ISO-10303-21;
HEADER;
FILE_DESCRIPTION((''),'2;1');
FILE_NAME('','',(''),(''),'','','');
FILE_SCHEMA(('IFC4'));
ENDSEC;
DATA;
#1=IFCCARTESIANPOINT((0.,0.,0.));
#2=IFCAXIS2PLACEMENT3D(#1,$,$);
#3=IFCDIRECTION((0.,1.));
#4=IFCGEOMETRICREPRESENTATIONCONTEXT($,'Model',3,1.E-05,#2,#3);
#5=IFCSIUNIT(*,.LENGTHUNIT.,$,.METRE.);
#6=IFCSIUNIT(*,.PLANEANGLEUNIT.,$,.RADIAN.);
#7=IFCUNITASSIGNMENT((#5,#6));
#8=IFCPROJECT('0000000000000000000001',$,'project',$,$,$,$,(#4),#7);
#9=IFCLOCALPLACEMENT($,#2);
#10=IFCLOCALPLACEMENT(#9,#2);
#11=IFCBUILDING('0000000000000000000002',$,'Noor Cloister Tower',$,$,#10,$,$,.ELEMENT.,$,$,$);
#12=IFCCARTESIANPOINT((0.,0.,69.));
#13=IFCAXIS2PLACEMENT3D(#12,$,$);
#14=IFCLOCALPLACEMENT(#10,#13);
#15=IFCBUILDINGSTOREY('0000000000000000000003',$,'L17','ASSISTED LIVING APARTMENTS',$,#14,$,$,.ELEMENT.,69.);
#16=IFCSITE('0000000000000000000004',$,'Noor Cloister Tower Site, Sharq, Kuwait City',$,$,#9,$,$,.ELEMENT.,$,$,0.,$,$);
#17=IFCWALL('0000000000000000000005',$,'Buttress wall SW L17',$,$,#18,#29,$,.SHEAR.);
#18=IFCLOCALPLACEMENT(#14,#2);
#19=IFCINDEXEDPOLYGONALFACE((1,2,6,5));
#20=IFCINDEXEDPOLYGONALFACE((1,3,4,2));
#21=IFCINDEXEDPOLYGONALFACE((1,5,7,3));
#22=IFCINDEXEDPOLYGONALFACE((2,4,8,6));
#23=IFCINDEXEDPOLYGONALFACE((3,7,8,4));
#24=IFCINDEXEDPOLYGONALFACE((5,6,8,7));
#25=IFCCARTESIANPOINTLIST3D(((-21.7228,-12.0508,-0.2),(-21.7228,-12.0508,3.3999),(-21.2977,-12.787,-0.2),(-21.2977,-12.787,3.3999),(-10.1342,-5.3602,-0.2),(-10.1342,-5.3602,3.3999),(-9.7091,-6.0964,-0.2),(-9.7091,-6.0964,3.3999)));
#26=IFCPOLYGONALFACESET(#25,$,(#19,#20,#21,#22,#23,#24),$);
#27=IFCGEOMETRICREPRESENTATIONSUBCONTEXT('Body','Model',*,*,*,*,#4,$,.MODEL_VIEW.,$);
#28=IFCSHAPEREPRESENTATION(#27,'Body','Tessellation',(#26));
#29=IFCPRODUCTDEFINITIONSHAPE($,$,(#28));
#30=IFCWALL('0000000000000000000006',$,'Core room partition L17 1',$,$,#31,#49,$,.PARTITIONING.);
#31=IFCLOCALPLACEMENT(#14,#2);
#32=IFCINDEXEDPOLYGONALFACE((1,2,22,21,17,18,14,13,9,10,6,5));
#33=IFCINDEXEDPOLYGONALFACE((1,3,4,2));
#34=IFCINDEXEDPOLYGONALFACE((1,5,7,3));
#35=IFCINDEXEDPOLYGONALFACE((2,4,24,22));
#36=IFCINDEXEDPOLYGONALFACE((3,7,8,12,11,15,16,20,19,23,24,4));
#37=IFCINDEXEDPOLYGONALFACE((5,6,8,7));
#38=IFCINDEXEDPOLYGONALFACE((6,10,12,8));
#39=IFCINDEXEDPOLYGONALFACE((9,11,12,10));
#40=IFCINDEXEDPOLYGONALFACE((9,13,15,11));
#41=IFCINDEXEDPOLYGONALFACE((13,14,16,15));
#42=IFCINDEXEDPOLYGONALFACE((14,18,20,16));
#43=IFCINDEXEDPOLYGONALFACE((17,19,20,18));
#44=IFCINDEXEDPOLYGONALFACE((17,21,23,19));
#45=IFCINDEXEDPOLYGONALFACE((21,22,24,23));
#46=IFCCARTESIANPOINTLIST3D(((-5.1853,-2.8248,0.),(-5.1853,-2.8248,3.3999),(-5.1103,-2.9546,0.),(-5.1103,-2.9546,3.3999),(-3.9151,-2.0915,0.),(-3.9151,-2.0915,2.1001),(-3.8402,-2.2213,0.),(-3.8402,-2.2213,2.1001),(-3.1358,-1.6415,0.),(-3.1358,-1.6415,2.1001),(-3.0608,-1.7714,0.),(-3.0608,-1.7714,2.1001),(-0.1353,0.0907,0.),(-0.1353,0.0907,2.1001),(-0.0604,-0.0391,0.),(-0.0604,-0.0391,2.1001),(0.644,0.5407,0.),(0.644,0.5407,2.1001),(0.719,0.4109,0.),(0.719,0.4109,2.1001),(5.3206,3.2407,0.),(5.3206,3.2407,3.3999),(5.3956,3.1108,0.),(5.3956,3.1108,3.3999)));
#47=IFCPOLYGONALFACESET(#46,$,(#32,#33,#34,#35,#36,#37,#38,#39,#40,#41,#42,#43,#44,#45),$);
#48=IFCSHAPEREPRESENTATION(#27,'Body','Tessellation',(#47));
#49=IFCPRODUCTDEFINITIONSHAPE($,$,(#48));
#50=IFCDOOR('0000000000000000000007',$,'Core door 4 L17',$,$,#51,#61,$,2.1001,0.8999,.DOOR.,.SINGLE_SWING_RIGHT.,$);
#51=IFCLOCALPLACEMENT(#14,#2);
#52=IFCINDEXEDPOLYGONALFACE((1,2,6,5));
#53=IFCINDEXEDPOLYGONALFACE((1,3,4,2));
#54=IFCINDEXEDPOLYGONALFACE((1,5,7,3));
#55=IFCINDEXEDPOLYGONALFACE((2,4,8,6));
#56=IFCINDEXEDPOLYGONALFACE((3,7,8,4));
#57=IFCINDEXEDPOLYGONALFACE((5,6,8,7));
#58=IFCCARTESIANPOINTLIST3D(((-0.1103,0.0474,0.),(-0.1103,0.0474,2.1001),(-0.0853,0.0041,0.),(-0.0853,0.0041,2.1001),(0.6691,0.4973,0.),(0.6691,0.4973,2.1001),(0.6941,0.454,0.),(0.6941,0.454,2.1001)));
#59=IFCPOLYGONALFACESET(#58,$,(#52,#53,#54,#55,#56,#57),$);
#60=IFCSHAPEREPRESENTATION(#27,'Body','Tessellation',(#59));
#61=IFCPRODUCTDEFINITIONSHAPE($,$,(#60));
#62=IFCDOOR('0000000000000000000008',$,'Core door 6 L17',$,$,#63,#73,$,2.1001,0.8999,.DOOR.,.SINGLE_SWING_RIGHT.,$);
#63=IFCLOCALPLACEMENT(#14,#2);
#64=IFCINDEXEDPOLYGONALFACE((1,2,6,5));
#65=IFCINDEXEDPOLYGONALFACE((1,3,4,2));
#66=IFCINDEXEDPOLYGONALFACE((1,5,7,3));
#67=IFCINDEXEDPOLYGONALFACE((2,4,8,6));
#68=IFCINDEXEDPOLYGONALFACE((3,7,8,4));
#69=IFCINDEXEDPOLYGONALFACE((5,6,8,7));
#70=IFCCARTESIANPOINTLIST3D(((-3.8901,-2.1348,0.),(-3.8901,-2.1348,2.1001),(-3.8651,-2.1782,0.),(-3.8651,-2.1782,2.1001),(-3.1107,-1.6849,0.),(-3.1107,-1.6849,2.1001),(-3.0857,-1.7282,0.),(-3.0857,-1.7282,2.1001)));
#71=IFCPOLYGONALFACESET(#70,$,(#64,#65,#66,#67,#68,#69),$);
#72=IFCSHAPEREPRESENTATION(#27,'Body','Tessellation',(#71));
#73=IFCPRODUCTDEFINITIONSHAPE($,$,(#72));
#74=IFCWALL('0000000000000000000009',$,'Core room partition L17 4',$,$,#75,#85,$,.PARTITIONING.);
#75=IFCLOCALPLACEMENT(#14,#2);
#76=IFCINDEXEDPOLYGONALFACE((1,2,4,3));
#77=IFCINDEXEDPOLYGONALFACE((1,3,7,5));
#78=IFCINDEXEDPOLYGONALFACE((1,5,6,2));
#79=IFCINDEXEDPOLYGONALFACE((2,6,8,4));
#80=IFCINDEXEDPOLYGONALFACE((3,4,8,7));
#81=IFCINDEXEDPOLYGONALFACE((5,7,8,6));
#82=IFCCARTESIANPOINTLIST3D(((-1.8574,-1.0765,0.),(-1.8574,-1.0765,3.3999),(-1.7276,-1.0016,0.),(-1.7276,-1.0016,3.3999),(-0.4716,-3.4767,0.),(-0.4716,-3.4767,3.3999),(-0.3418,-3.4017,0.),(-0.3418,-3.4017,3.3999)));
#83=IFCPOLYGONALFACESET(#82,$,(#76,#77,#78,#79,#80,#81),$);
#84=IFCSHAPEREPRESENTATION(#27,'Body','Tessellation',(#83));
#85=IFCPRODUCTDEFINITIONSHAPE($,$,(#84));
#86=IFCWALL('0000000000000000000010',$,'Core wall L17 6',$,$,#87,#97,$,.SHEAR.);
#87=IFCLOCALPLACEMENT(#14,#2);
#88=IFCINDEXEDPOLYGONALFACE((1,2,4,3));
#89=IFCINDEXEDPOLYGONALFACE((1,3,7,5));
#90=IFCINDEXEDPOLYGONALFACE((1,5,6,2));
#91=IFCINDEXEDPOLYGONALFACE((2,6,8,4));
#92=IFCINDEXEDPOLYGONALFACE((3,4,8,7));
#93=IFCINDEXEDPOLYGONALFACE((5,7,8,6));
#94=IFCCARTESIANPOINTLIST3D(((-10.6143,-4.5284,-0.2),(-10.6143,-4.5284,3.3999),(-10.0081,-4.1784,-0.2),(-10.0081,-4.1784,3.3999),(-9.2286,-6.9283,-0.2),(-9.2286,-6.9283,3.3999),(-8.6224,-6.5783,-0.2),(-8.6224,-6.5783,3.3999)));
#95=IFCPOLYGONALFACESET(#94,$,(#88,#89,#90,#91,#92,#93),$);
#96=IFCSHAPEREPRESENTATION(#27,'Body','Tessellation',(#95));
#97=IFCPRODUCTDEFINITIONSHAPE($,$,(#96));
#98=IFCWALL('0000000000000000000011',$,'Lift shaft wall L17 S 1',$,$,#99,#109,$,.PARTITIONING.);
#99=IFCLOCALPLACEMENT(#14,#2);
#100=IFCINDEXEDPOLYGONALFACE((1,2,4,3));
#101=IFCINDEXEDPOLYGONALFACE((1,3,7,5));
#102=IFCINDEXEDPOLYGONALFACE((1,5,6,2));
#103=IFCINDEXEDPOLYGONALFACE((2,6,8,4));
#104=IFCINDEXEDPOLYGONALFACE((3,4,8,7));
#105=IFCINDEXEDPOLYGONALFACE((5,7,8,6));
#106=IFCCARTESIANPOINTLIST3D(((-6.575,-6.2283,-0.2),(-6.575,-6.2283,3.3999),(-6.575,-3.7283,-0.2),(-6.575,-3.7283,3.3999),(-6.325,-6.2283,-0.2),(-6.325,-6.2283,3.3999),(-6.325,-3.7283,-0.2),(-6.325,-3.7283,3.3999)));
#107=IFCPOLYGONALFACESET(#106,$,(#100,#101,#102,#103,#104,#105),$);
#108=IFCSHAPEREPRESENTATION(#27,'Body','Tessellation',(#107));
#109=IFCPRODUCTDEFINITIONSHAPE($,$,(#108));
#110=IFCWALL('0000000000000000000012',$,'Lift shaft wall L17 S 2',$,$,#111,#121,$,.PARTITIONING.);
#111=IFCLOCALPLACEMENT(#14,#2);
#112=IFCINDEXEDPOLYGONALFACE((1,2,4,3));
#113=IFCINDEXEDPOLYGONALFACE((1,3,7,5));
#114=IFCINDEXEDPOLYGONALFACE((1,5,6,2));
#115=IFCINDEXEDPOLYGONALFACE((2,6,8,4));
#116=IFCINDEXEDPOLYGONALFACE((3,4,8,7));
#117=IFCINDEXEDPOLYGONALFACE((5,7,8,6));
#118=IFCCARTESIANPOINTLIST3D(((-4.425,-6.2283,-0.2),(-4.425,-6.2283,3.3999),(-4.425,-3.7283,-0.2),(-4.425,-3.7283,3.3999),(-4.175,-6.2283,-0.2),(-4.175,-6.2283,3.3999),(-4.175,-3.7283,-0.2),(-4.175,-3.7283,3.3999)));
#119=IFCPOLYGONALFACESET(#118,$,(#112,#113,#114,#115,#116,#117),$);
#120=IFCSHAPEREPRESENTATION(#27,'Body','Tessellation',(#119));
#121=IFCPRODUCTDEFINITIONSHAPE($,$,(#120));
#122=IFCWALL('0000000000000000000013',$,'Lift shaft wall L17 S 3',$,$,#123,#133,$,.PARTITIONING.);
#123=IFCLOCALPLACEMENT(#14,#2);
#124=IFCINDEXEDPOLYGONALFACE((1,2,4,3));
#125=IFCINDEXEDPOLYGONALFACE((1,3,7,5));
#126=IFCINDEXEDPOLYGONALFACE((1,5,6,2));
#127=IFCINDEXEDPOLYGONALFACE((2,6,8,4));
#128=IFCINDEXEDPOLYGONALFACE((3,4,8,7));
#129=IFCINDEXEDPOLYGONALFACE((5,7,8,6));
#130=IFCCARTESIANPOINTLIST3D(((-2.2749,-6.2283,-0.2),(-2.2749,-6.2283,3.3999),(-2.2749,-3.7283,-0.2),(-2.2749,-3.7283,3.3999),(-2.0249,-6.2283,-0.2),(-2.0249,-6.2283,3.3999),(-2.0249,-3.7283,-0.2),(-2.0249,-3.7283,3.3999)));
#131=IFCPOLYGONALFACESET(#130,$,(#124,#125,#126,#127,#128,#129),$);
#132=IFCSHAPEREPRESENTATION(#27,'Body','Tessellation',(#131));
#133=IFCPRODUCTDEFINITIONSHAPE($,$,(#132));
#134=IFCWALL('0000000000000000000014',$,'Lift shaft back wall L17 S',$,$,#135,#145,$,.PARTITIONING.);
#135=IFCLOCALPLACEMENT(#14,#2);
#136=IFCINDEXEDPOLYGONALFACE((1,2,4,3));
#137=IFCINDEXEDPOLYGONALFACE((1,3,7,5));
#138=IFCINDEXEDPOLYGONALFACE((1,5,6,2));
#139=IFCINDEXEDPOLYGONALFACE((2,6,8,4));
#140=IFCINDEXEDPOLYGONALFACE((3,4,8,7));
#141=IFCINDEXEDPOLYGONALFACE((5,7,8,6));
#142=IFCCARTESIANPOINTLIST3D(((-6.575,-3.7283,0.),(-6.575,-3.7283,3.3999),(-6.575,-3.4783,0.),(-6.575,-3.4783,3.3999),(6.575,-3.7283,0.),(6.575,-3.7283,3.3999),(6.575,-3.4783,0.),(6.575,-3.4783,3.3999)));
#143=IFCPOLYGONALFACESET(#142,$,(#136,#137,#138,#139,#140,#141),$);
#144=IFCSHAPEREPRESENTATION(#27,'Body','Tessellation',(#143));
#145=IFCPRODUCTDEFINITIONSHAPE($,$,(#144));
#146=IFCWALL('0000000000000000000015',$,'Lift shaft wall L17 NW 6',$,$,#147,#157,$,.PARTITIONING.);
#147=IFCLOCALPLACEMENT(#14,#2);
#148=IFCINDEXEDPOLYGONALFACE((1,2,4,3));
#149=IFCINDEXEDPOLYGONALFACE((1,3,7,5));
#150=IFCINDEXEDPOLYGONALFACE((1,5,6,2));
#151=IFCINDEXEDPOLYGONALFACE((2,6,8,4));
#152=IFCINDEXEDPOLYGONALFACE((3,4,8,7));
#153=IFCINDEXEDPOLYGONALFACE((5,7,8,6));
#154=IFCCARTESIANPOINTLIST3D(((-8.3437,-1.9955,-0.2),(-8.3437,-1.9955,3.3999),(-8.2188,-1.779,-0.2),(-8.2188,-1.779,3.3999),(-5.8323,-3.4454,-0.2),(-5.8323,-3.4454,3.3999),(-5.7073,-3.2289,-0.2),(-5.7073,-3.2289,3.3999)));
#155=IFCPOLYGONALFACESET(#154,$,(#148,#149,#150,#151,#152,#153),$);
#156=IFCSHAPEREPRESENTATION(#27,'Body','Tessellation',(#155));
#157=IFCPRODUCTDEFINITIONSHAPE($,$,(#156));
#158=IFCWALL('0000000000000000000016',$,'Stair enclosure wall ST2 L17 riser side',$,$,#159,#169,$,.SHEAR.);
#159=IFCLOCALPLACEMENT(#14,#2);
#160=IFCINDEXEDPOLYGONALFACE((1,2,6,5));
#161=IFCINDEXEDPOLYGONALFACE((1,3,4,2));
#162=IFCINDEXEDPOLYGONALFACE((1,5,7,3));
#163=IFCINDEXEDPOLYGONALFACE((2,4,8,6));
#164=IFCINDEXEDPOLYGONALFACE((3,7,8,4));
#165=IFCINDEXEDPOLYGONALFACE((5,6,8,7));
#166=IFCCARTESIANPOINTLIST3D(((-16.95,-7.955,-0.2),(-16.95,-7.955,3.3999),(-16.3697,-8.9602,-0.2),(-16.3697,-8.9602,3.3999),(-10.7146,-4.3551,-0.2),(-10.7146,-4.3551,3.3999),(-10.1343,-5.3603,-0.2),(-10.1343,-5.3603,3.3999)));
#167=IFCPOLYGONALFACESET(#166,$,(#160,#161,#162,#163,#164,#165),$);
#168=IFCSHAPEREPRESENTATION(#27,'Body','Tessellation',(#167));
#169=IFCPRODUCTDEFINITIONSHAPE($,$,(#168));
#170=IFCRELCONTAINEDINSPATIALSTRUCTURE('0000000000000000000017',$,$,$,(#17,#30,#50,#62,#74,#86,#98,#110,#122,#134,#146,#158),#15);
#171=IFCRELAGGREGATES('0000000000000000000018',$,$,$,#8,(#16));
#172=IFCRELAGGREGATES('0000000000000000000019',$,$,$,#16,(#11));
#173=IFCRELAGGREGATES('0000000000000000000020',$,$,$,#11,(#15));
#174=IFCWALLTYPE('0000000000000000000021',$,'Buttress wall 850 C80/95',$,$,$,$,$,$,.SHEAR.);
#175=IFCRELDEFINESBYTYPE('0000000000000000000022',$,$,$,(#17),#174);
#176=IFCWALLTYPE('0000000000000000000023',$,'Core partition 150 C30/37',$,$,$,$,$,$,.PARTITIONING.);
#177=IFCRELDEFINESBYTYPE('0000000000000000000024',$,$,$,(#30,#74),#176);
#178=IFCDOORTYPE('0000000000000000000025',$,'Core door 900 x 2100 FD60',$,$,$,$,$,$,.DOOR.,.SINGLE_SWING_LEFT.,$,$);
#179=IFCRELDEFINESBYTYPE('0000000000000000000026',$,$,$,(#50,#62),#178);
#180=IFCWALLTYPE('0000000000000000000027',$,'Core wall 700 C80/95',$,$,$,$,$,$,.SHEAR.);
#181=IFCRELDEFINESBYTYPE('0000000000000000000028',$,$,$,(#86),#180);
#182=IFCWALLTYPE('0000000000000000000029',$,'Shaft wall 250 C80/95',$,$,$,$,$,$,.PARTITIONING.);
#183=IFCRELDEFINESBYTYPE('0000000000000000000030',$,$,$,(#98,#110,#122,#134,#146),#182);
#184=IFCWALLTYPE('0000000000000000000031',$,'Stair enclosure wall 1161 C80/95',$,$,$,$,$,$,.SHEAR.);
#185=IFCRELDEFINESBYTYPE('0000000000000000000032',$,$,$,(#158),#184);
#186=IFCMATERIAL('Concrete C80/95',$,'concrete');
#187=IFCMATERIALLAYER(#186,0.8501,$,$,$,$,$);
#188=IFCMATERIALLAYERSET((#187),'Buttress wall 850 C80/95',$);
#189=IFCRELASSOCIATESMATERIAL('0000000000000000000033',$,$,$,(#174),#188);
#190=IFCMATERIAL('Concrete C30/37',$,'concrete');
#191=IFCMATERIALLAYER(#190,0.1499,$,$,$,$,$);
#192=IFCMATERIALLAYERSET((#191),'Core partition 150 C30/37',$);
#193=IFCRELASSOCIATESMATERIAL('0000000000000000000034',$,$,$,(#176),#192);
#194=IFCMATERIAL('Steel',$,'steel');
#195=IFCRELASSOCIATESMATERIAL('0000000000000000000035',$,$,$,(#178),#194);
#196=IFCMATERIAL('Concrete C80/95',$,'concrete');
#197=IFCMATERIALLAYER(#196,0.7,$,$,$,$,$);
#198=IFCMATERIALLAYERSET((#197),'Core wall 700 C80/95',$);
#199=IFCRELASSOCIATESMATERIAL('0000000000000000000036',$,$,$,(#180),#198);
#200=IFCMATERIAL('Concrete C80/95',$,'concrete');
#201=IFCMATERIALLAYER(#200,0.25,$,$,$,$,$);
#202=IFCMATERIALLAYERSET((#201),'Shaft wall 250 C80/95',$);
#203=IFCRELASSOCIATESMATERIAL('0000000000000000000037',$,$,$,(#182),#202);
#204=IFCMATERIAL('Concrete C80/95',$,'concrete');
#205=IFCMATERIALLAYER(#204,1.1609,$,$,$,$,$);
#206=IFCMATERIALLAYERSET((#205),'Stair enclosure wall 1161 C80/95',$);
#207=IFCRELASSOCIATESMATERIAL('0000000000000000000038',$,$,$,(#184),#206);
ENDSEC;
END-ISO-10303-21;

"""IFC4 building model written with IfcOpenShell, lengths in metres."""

from ifc_helpers import new_model, si_unit, direction, frame, frame_2d, origin, place, context, subcontext, project, spatial, rectangle, extrude, material, layer, layer_set, type_object, element, fill, save


model = new_model("IFC4")

# Units and contexts
model_context = context("Model", 3, precision=1e-05, world=origin(), true_north=direction((0.0, 1.0)))
body_context = subcontext(model_context, "Body", "Model", "MODEL_VIEW")
ifc_project = project(units=[si_unit("LENGTHUNIT", "METRE"), si_unit("PLANEANGLEUNIT", "RADIAN")], contexts=[model_context])

# Site, building, storey
site_placement = place(None, origin())
site = spatial("IfcSite", under=ifc_project, at=site_placement, Name="Noor Cloister Tower Site, Sharq, Kuwait City", CompositionType="ELEMENT", RefElevation=0.0)
building_placement = place(site_placement, origin())
building = spatial("IfcBuilding", under=site, at=building_placement, Name="Noor Cloister Tower", CompositionType="ELEMENT")
storey_placement = place(building_placement, frame((0.0, 0.0, 69.0)))
storey = spatial("IfcBuildingStorey", under=building, at=storey_placement, Name="L17", Description="ASSISTED LIVING APARTMENTS", CompositionType="ELEMENT", Elevation=69.0)

# Wall
ifc_material_1 = material(Name="Concrete C80/95", Category="concrete")
ifc_layer_1 = layer(ifc_material_1, 0.8501)
ifc_layer_set_1 = layer_set([ifc_layer_1], Name="Buttress wall 850 C80/95")
wall_type_1 = type_object("IfcWallType", Name="Buttress wall 850 C80/95", PredefinedType="SHEAR", material=ifc_layer_set_1)
wall_1_placement = place(storey_placement, frame((-9.9216, -5.7283, -0.2), z_axis=(0.0, 0.0, 1.0), x_axis=(-0.866026, -0.499999, 0.0)))
element("IfcWall", 1, at=wall_1_placement, inside=storey, type_object=wall_type_1, Name="Buttress wall SW L17", PredefinedType="SHEAR", context=body_context, shape_type="SweptSolid", body=[
    extrude(rectangle(XDim=13.3813, YDim=0.8501, at=frame_2d((6.6907, 0.0))), origin(), (0.0, 0.0, 1.0), 3.5999),
])

# Wall, openings, doors
ifc_material_2 = material(Name="Concrete C30/37", Category="concrete")
ifc_layer_2 = layer(ifc_material_2, 0.1499)
ifc_layer_set_2 = layer_set([ifc_layer_2], Name="Core partition 150 C30/37")
wall_type_2 = type_object("IfcWallType", Name="Core partition 150 C30/37", PredefinedType="PARTITIONING", material=ifc_layer_set_2)
wall_2_placement = place(storey_placement, frame((-5.1477, -2.8896, 0.0), z_axis=(0.0, 0.0, 1.0), x_axis=(0.86603, 0.499992, 0.0)))
wall_2 = element("IfcWall", 2, at=wall_2_placement, inside=storey, type_object=wall_type_2, Name="Core room partition L17 1", PredefinedType="PARTITIONING", context=body_context, shape_type="SweptSolid", body=[
    extrude(rectangle(XDim=12.1311, YDim=0.1499, at=frame_2d((6.0654, 0.0))), origin(), (0.0, 0.0, 1.0), 3.3999),
])
opening_1_placement = place(wall_2_placement, frame((5.8311, 0.0, 0.0)))
opening_1 = element("IfcOpeningElement", 3, at=opening_1_placement, cuts=wall_2, PredefinedType="OPENING", context=body_context, shape_type="SweptSolid", body=[
    extrude(rectangle(XDim=0.8999, YDim=2.1001, at=frame_2d((0.45, 1.05))), frame((0.0, 0.085, 0.0), z_axis=(0.0, -1.0, 0.0), x_axis=(1.0, 0.0, 0.0)), (0.0, 0.0, 1.0), 0.1699),
])
opening_2_placement = place(wall_2_placement, frame((1.4666, 0.0, 0.0)))
opening_2 = element("IfcOpeningElement", 4, at=opening_2_placement, cuts=wall_2, PredefinedType="OPENING", context=body_context, shape_type="SweptSolid", body=[
    extrude(rectangle(XDim=0.8999, YDim=2.1001, at=frame_2d((0.45, 1.05))), frame((0.0, 0.085, 0.0), z_axis=(0.0, -1.0, 0.0), x_axis=(1.0, 0.0, 0.0)), (0.0, 0.0, 1.0), 0.1699),
])
ifc_material_3 = material(Name="Steel", Category="steel")
door_type = type_object("IfcDoorType", Name="Core door 900 x 2100 FD60", OperationType="SINGLE_SWING_LEFT", PredefinedType="DOOR", material=ifc_material_3)
door_1_placement = place(opening_1_placement, origin())
door_1 = element("IfcDoor", 5, at=door_1_placement, inside=storey, type_object=door_type, Name="Core door 4 L17", OperationType="SINGLE_SWING_RIGHT", OverallHeight=2.1001, OverallWidth=0.8999, PredefinedType="DOOR", context=body_context, shape_type="SweptSolid", body=[
    extrude(rectangle(XDim=0.8999, YDim=2.1001, at=frame_2d((0.45, 1.05))), frame((0.0, 0.0249, 0.0), z_axis=(0.0, -1.0, 0.0), x_axis=(1.0, 0.0, 0.0)), (0.0, 0.0, 1.0), 0.05),
])
fill(opening_1, door_1)
door_2_placement = place(opening_2_placement, origin())
door_2 = element("IfcDoor", 6, at=door_2_placement, inside=storey, type_object=door_type, Name="Core door 6 L17", OperationType="SINGLE_SWING_RIGHT", OverallHeight=2.1001, OverallWidth=0.8999, PredefinedType="DOOR", context=body_context, shape_type="SweptSolid", body=[
    extrude(rectangle(XDim=0.8999, YDim=2.1001, at=frame_2d((0.45, 1.05))), frame((0.0, 0.0249, 0.0), z_axis=(0.0, -1.0, 0.0), x_axis=(1.0, 0.0, 0.0)), (0.0, 0.0, 1.0), 0.05),
])
fill(opening_2, door_2)

# Walls
wall_3_placement = place(storey_placement, frame((-0.4067, -3.4392, 0.0), z_axis=(0.0, 0.0, 1.0), x_axis=(-0.500005, 0.866023, 0.0)))
element("IfcWall", 7, at=wall_3_placement, inside=storey, type_object=wall_type_2, Name="Core room partition L17 4", PredefinedType="PARTITIONING", context=body_context, shape_type="SweptSolid", body=[
    extrude(rectangle(XDim=2.7715, YDim=0.1499, at=frame_2d((1.3857, 0.0))), origin(), (0.0, 0.0, 1.0), 3.3999),
])
ifc_material_4 = material(Name="Concrete C80/95", Category="concrete")
ifc_layer_3 = layer(ifc_material_4, 0.7)
ifc_layer_set_3 = layer_set([ifc_layer_3], Name="Core wall 700 C80/95")
wall_type_3 = type_object("IfcWallType", Name="Core wall 700 C80/95", PredefinedType="SHEAR", material=ifc_layer_set_3)
wall_4_placement = place(storey_placement, frame((-10.3113, -4.3533, -0.2), z_axis=(0.0, 0.0, 1.0), x_axis=(0.500043, -0.866001, 0.0)))
element("IfcWall", 8, at=wall_4_placement, inside=storey, type_object=wall_type_3, Name="Core wall L17 6", PredefinedType="SHEAR", context=body_context, shape_type="SweptSolid", body=[
    extrude(rectangle(XDim=2.7712, YDim=0.7, at=frame_2d((1.3857, 0.0))), origin(), (0.0, 0.0, 1.0), 3.5999),
])
ifc_material_5 = material(Name="Concrete C80/95", Category="concrete")
ifc_layer_4 = layer(ifc_material_5, 0.25)
ifc_layer_set_4 = layer_set([ifc_layer_4], Name="Shaft wall 250 C80/95")
wall_type_4 = type_object("IfcWallType", Name="Shaft wall 250 C80/95", PredefinedType="PARTITIONING", material=ifc_layer_set_4)
for number, where, z_axis, x_axis, name in (
    (9, (-6.45, -6.2283, -0.2), (0.0, 0.0, 1.0), (0.0, 1.0, 0.0), "Lift shaft wall L17 S 1"),
    (10, (-4.3, -6.2283, -0.2), (0.0, 0.0, 1.0), (0.0, 1.0, 0.0), "Lift shaft wall L17 S 2"),
    (11, (-2.1499, -6.2283, -0.2), (0.0, 0.0, 1.0), (0.0, 1.0, 0.0), "Lift shaft wall L17 S 3"),
):
    element("IfcWall", number, at=place(storey_placement, frame(where, z_axis=z_axis, x_axis=x_axis)), inside=storey, type_object=wall_type_4, Name=name, PredefinedType="PARTITIONING", context=body_context, shape_type="SweptSolid", body=[
        extrude(rectangle(XDim=2.5, YDim=0.25, at=frame_2d((1.25, 0.0))), origin(), (0.0, 0.0, 1.0), 3.5999),
    ])
wall_5_placement = place(storey_placement, frame((-6.575, -3.6033, 0.0), z_axis=(0.0, 0.0, 1.0), x_axis=(1.0, 0.0, 0.0)))
element("IfcWall", 12, at=wall_5_placement, inside=storey, type_object=wall_type_4, Name="Lift shaft back wall L17 S", PredefinedType="PARTITIONING", context=body_context, shape_type="SweptSolid", body=[
    extrude(rectangle(XDim=13.1499, YDim=0.25, at=frame_2d((6.575, 0.0))), origin(), (0.0, 0.0, 1.0), 3.3999),
])
wall_6_placement = place(storey_placement, frame((-8.2812, -1.8872, -0.2), z_axis=(0.0, 0.0, 1.0), x_axis=(0.866033, -0.499987, 0.0)))
element("IfcWall", 13, at=wall_6_placement, inside=storey, type_object=wall_type_4, Name="Lift shaft wall L17 NW 6", PredefinedType="PARTITIONING", context=body_context, shape_type="SweptSolid", body=[
    extrude(rectangle(XDim=2.8999, YDim=0.25, at=frame_2d((1.45, 0.0))), origin(), (0.0, 0.0, 1.0), 3.5999),
])
ifc_material_6 = material(Name="Concrete C80/95", Category="concrete")
ifc_layer_5 = layer(ifc_material_6, 1.1609)
ifc_layer_set_5 = layer_set([ifc_layer_5], Name="Stair enclosure wall 1161 C80/95")
wall_type_5 = type_object("IfcWallType", Name="Stair enclosure wall 1161 C80/95", PredefinedType="SHEAR", material=ifc_layer_set_5)
wall_7_placement = place(storey_placement, frame((-10.4243, -4.8577, -0.2), z_axis=(0.0, 0.0, 1.0), x_axis=(-0.866033, -0.499987, 0.0)))
element("IfcWall", 14, at=wall_7_placement, inside=storey, type_object=wall_type_5, Name="Stair enclosure wall ST2 L17 riser side", PredefinedType="SHEAR", context=body_context, shape_type="SweptSolid", body=[
    extrude(rectangle(XDim=7.2, YDim=1.1606, at=frame_2d((3.6001, 0.0))), origin(), (0.0, 0.0, 1.0), 3.5999),
])

save(model, "model.ifc")
